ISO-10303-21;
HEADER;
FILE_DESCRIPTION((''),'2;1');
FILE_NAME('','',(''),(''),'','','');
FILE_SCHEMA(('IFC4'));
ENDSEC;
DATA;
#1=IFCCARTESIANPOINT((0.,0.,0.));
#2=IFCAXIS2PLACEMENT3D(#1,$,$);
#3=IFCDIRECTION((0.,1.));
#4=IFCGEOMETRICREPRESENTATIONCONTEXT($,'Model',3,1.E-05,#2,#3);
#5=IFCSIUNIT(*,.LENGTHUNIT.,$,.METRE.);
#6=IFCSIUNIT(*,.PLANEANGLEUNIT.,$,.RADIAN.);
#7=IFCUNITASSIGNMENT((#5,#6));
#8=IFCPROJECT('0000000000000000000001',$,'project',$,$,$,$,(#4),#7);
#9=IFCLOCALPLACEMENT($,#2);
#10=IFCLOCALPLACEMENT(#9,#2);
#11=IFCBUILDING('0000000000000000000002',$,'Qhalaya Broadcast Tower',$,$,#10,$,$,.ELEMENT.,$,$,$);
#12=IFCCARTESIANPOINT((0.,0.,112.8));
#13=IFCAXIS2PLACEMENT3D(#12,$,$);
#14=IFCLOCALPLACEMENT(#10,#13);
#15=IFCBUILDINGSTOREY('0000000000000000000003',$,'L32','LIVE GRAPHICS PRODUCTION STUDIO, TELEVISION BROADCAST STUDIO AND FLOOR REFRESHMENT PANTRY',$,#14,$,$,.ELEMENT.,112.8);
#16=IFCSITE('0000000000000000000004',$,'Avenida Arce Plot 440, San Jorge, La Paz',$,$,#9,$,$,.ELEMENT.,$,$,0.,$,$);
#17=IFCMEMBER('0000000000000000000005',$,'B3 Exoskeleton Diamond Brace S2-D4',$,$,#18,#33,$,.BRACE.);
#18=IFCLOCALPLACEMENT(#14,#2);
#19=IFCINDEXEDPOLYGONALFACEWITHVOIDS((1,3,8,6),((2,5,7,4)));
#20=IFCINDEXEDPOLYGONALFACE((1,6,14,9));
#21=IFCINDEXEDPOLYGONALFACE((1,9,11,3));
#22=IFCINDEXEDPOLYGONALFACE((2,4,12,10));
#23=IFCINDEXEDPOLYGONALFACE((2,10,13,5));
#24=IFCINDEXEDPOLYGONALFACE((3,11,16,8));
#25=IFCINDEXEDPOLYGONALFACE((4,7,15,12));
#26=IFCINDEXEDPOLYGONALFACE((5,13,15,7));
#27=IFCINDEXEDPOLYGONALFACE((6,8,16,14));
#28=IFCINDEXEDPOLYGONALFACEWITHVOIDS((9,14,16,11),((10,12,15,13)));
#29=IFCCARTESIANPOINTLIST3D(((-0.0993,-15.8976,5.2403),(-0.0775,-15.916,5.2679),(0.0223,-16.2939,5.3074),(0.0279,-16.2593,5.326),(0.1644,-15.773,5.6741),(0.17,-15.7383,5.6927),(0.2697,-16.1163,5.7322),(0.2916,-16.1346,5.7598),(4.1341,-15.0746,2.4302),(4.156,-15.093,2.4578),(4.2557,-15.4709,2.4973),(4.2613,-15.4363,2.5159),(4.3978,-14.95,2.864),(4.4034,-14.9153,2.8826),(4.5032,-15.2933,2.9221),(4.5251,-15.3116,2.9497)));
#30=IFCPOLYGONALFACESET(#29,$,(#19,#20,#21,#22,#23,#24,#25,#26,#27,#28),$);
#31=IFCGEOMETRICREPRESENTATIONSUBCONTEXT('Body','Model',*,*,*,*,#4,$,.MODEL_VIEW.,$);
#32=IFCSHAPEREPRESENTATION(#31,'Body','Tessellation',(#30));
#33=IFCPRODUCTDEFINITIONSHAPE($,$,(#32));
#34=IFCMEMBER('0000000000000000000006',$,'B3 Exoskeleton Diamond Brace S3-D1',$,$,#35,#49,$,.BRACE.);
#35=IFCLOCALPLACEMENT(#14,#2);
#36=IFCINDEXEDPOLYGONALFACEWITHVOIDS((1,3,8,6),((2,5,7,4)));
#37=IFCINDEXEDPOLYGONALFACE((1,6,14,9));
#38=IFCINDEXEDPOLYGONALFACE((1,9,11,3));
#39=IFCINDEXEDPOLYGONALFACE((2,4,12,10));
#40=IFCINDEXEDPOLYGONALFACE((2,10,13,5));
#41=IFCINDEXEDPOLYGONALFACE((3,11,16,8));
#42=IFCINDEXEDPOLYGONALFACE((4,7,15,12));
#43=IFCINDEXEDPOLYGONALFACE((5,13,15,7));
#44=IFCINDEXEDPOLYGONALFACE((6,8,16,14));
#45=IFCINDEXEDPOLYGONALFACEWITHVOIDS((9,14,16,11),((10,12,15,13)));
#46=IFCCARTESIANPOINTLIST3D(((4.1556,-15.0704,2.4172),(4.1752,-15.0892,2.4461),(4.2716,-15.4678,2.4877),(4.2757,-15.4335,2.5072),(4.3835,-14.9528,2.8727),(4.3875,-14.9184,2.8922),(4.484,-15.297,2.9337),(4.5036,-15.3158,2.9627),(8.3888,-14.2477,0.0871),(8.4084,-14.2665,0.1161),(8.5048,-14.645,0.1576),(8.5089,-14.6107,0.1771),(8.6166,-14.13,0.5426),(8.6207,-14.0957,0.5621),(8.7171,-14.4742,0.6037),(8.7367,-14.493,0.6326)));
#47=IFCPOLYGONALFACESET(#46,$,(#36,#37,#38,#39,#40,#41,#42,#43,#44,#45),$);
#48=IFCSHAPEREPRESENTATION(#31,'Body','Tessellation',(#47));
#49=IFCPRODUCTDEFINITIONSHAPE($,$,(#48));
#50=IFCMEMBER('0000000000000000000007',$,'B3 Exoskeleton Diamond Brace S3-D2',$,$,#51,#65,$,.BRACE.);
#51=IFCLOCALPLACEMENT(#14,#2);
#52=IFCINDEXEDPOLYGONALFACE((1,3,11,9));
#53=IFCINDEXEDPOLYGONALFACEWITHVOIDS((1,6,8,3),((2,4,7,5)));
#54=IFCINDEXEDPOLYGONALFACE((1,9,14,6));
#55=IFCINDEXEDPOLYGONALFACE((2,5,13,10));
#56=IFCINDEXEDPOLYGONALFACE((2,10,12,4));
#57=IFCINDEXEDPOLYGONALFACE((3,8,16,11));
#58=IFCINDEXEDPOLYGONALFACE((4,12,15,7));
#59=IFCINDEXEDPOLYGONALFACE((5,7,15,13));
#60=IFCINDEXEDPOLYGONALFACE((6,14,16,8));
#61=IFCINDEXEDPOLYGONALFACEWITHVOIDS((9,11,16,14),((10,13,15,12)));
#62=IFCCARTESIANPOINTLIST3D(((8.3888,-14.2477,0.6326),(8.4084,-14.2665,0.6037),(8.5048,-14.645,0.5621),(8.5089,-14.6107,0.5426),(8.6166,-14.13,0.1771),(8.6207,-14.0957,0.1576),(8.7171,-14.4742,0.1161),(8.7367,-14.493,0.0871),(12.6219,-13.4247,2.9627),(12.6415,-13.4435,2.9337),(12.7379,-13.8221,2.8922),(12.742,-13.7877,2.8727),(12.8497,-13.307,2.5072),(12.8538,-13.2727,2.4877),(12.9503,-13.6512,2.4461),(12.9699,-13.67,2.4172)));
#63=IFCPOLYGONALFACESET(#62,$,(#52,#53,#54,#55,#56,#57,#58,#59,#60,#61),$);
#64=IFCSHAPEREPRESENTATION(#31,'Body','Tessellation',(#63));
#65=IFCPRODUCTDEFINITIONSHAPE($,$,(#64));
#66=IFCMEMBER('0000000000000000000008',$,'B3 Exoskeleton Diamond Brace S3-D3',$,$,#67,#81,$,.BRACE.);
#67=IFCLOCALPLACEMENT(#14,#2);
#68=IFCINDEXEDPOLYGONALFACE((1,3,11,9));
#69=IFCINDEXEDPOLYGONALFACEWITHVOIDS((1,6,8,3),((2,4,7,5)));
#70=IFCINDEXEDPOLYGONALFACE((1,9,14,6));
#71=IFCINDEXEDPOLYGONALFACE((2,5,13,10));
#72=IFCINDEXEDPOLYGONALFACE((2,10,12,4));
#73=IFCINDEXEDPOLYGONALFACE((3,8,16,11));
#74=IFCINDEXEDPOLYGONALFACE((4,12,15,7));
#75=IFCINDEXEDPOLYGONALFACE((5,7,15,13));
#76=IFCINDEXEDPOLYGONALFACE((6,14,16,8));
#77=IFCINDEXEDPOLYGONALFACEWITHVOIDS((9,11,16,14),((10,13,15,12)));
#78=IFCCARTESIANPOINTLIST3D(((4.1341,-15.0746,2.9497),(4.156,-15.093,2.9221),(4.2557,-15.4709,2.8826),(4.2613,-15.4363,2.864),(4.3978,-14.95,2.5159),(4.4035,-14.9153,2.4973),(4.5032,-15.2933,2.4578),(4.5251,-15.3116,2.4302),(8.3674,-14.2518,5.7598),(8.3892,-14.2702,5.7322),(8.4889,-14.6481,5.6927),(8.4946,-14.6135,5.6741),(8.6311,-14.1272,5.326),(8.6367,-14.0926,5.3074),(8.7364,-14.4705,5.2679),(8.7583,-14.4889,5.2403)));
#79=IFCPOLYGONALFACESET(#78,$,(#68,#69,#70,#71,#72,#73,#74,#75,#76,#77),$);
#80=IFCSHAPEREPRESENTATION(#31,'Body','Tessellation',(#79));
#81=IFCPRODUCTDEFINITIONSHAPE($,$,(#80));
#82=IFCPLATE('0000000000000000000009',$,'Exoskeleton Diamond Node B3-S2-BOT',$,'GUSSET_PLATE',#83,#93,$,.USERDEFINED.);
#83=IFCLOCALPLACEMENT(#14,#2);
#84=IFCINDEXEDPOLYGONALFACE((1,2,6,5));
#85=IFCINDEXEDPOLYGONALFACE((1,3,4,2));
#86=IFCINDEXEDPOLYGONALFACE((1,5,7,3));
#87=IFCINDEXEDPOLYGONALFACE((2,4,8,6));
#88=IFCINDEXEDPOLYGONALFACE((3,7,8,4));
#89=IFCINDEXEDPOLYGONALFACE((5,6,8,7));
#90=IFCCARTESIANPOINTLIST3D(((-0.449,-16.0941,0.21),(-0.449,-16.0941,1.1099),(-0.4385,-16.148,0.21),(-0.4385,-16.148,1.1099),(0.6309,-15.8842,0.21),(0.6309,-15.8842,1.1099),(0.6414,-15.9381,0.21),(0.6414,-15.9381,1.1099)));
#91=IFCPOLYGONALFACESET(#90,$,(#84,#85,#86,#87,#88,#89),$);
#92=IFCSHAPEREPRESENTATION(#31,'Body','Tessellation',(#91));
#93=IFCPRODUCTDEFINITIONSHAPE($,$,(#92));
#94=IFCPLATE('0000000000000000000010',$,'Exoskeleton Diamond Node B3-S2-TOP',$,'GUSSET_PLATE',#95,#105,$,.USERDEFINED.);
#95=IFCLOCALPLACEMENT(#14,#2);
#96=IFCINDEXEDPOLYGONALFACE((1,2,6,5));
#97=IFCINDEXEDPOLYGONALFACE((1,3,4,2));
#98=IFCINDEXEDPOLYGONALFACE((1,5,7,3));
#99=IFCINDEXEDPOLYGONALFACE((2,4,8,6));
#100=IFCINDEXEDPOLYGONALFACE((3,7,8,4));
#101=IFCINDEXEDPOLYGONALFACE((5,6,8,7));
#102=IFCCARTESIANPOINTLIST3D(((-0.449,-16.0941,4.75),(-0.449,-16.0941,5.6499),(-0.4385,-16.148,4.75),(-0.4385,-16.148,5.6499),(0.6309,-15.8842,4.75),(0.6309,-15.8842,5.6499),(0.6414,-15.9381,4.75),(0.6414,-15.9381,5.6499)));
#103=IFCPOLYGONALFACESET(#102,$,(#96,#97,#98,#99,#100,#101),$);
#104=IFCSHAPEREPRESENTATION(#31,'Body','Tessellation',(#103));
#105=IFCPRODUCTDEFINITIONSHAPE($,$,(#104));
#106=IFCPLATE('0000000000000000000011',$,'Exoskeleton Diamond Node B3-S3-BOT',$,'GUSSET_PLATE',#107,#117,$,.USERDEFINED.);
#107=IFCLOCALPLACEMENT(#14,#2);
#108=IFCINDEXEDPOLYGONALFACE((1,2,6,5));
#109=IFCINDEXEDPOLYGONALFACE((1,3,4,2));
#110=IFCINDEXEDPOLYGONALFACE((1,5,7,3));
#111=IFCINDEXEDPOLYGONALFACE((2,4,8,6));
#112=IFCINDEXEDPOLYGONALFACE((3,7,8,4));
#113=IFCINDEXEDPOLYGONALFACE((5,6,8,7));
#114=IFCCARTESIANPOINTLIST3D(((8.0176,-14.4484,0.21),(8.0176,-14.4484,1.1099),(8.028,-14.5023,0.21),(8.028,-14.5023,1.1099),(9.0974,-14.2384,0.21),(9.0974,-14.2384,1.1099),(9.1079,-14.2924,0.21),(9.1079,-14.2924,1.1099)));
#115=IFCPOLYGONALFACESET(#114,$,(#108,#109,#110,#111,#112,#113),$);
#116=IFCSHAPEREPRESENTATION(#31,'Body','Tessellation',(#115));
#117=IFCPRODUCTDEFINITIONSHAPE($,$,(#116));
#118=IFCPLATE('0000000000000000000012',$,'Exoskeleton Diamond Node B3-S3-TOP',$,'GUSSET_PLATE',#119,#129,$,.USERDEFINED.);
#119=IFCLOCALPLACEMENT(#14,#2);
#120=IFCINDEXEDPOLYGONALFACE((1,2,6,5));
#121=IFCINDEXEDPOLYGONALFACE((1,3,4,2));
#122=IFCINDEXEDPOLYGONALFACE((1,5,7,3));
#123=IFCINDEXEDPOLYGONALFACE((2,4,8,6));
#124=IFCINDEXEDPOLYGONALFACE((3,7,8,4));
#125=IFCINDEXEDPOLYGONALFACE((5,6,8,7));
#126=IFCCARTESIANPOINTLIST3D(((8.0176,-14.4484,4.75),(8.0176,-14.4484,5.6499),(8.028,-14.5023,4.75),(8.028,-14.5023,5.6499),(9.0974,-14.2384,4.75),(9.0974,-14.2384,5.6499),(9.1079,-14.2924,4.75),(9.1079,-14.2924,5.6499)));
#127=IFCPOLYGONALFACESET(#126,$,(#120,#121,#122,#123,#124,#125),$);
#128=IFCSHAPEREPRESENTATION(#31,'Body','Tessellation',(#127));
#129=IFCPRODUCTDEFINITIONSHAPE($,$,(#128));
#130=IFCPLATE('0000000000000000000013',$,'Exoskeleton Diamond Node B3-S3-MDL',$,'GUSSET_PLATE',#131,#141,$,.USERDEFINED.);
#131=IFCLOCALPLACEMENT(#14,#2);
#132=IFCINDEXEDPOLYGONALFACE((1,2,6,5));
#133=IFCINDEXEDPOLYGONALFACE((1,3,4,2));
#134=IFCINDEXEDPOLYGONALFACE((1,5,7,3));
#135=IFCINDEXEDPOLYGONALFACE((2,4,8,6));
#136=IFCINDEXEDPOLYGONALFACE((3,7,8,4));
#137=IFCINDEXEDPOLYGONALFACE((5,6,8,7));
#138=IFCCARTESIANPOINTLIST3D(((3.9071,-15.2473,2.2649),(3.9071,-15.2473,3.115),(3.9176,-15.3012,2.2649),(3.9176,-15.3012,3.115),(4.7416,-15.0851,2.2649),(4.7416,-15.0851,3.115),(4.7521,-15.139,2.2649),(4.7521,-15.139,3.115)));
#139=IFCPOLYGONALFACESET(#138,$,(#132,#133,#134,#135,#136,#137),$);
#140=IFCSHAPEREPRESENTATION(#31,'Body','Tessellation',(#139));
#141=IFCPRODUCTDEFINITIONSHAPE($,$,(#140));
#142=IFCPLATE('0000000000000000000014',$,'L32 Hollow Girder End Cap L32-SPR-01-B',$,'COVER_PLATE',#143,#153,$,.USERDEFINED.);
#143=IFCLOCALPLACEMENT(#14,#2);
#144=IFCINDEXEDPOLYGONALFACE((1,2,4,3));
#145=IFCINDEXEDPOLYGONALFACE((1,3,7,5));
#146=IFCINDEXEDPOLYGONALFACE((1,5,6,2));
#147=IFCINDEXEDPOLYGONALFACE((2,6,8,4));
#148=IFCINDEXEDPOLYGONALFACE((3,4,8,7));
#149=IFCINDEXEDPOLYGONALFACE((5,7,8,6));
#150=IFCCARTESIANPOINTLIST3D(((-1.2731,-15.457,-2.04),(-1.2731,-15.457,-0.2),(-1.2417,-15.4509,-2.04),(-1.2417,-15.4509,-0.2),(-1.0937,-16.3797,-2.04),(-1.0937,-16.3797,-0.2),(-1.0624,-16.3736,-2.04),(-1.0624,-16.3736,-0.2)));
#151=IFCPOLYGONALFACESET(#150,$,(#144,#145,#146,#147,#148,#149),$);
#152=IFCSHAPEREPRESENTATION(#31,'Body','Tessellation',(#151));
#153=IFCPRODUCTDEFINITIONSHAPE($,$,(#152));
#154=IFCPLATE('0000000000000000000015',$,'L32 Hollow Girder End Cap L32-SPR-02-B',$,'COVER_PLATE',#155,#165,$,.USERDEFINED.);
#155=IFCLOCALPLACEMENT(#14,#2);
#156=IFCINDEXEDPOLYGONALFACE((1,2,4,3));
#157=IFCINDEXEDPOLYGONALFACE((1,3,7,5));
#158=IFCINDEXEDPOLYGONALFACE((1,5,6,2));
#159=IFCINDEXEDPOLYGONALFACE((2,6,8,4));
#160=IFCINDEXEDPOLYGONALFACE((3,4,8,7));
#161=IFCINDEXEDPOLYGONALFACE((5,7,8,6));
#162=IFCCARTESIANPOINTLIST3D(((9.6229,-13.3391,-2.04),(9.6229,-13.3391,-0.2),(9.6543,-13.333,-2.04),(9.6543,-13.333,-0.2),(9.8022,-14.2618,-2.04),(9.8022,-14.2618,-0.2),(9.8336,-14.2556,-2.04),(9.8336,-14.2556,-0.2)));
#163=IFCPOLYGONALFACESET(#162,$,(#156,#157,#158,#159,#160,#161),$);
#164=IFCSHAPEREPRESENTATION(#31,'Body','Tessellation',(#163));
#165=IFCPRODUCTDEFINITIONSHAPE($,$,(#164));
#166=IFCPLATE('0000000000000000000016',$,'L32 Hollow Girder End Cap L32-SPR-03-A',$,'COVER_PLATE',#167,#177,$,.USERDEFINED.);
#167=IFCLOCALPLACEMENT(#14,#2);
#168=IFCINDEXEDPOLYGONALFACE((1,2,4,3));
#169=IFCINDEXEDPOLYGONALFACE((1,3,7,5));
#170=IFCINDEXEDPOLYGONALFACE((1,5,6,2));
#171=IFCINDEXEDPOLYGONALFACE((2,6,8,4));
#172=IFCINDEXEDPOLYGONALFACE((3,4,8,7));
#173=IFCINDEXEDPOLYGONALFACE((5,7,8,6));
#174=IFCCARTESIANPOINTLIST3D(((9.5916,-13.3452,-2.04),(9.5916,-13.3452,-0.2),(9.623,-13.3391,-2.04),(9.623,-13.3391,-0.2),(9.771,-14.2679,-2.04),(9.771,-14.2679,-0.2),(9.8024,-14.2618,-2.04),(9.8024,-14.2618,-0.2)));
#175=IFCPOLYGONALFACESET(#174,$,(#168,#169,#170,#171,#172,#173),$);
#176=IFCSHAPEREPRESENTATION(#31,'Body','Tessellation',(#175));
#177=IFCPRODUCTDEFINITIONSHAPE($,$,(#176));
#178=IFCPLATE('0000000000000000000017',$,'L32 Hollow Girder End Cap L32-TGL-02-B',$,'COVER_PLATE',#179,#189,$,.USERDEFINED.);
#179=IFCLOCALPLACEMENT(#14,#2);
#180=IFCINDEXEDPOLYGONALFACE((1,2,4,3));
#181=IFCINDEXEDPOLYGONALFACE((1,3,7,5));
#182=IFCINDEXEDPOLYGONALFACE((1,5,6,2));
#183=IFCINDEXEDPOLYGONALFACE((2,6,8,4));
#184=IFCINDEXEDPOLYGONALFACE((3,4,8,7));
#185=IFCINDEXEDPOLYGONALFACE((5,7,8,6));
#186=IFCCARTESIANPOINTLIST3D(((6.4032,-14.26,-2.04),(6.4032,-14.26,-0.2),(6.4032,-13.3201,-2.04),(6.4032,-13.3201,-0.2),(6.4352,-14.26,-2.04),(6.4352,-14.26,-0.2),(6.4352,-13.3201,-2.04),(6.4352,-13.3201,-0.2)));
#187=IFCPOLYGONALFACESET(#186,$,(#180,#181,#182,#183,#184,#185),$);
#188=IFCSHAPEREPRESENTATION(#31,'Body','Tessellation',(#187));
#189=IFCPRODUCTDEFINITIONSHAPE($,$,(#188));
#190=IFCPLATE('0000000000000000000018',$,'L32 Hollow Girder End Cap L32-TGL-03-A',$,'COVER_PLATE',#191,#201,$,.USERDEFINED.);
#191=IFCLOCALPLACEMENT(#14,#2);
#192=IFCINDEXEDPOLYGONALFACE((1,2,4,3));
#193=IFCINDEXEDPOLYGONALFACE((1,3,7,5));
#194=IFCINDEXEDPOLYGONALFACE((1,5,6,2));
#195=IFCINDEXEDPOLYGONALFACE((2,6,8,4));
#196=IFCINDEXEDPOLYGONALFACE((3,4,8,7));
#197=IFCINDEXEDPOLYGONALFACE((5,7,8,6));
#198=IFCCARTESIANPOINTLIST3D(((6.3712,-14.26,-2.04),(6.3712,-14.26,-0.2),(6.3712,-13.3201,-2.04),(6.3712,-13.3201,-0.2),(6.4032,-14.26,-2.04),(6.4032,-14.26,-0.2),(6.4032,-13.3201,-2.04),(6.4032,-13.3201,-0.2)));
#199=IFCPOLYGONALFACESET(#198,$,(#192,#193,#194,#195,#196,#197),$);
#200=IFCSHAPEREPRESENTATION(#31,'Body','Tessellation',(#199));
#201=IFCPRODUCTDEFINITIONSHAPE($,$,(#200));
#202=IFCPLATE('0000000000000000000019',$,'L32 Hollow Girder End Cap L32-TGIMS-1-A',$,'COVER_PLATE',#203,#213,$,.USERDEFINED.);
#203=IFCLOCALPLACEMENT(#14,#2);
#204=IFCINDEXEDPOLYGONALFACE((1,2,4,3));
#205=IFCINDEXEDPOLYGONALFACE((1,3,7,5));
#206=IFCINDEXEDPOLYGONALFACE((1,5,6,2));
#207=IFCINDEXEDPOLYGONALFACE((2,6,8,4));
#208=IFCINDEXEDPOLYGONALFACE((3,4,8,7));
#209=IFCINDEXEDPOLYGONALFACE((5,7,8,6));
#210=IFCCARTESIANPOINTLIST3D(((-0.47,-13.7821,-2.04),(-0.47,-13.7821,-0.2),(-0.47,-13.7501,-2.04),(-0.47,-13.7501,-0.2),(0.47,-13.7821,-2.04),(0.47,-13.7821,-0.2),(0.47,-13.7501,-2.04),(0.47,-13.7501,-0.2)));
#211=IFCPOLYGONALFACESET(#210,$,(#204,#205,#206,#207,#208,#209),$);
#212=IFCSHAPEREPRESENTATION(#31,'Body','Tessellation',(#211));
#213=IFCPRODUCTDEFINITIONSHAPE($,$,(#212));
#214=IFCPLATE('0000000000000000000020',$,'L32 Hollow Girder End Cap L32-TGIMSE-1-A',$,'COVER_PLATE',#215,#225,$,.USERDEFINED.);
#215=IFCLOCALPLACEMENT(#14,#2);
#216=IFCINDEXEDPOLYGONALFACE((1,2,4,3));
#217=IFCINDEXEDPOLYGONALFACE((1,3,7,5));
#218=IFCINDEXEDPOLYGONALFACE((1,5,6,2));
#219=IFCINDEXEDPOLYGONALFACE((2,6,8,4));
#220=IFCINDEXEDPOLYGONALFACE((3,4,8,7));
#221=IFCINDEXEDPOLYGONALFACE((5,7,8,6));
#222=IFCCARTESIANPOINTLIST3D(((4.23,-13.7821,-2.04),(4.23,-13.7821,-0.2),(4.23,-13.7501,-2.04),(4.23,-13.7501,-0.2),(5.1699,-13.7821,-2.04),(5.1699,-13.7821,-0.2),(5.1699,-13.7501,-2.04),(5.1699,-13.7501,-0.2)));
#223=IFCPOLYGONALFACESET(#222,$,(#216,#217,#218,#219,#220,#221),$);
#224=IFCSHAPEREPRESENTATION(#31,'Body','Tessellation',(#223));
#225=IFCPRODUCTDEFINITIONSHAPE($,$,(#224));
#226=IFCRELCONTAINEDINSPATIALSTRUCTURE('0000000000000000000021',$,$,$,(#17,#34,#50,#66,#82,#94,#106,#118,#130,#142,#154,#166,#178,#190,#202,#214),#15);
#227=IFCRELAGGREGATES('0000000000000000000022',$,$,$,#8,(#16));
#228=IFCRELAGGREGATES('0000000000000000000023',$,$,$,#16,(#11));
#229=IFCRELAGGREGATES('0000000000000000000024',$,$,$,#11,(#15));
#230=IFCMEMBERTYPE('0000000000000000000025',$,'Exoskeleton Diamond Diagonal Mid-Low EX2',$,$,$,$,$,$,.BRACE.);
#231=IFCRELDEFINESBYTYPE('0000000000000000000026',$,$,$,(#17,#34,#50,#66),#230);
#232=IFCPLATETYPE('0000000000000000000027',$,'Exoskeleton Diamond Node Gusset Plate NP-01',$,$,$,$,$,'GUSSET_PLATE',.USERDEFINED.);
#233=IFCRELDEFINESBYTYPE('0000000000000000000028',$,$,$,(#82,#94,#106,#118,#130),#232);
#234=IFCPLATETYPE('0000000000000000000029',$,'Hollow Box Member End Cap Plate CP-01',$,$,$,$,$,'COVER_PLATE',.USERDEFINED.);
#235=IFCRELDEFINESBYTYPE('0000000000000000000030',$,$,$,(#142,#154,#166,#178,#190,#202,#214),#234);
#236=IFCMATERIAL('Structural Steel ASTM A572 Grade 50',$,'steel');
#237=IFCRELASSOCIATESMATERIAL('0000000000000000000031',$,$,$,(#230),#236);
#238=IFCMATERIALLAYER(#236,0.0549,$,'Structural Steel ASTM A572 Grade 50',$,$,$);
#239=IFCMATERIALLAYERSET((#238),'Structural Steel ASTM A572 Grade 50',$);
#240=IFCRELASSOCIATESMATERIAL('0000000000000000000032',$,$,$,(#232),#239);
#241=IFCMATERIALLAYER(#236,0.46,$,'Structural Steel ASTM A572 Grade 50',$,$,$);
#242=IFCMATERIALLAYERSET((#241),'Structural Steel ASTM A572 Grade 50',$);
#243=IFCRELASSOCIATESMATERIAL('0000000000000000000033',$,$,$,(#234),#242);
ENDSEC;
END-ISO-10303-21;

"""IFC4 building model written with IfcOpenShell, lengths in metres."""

from ifc_helpers import new_model, si_unit, direction, frame, origin, origin_2d, place, context, subcontext, project, spatial, rectangle, hollow_rectangle, extrude, material, layer, layer_set, material_profile, profile_set, type_object, element, save


model = new_model("IFC4")

# Units and contexts
model_context = context("Model", 3, precision=1e-05, world=origin(), true_north=direction((0.0, 1.0)))
body_context = subcontext(model_context, "Body", "Model", "MODEL_VIEW")
ifc_project = project(units=[si_unit("LENGTHUNIT", "METRE"), si_unit("PLANEANGLEUNIT", "RADIAN")], contexts=[model_context])

# Site, building, storey
site_placement = place(None, origin())
site = spatial("IfcSite", under=ifc_project, at=site_placement, Name="Avenida Arce Plot 440, San Jorge, La Paz", CompositionType="ELEMENT", RefElevation=0.0)
building_placement = place(site_placement, origin())
building = spatial("IfcBuilding", under=site, at=building_placement, Name="Qhalaya Broadcast Tower", CompositionType="ELEMENT")
storey_placement = place(building_placement, frame((0.0, 0.0, 112.8)))
storey = spatial("IfcBuildingStorey", under=building, at=storey_placement, Name="L32", Description="LIVE GRAPHICS PRODUCTION STUDIO, TELEVISION BROADCAST STUDIO AND FLOOR REFRESHMENT PANTRY", CompositionType="ELEMENT", Elevation=112.8)

# Shared definitions
ifc_material_1 = material(Name="Structural Steel ASTM A572 Grade 50", Category="steel")

# Members
ifc_material_profile_1 = material_profile(ifc_material_1, hollow_rectangle(XDim=0.4199, YDim=0.55, WallThickness=0.0281, at=origin_2d()), Name="BOX 420x550x28")
ifc_profile_set_1 = profile_set([ifc_material_profile_1], Name="Structural Steel ASTM A572 Grade 50")
member_type = type_object("IfcMemberType", Name="Exoskeleton Diamond Diagonal Mid-Low EX2", PredefinedType="BRACE", material=ifc_profile_set_1)
member_1_placement = place(storey_placement, frame((4.3296, -15.1931, 2.6899), z_axis=(-0.822439, -0.159887, 0.545921), x_axis=(0.28958, -0.943709, 0.159867)))
element("IfcMember", 1, at=member_1_placement, inside=storey, type_object=member_type, Name="B3 Exoskeleton Diamond Brace S2-D4", PredefinedType="BRACE", context=body_context, shape_type="SweptSolid", body=[
    extrude(hollow_rectangle(XDim=0.4199, YDim=0.55, WallThickness=0.0281, at=origin_2d()), origin(), (0.0, 0.0, 1.0), 5.1475),
])
for number, where, z_axis, x_axis, name in (
    (2, (8.5627, -14.3704, 0.3599), (-0.863625, -0.167854, 0.47537), (0.276323, -0.94629, 0.167871), "B3 Exoskeleton Diamond Brace S3-D1"),
    (3, (8.5627, -14.3704, 0.3599), (0.863618, 0.167902, 0.475366), (-0.276375, 0.946275, 0.167871), "B3 Exoskeleton Diamond Brace S3-D2"),
):
    element("IfcMember", number, at=place(storey_placement, frame(where, z_axis=z_axis, x_axis=x_axis)), inside=storey, type_object=member_type, Name=name, PredefinedType="BRACE", context=body_context, shape_type="SweptSolid", body=[
        extrude(hollow_rectangle(XDim=0.4199, YDim=0.55, WallThickness=0.0281, at=origin_2d()), origin(), (0.0, 0.0, 1.0), 4.9016),
    ])
member_2_placement = place(storey_placement, frame((4.3296, -15.1931, 2.6899), z_axis=(0.82243, 0.159847, 0.545947), x_axis=(-0.289542, 0.943721, 0.159864)))
element("IfcMember", 4, at=member_2_placement, inside=storey, type_object=member_type, Name="B3 Exoskeleton Diamond Brace S3-D3", PredefinedType="BRACE", context=body_context, shape_type="SweptSolid", body=[
    extrude(hollow_rectangle(XDim=0.4199, YDim=0.55, WallThickness=0.0281, at=origin_2d()), origin(), (0.0, 0.0, 1.0), 5.1472),
])

# Plates
ifc_layer_1 = layer(ifc_material_1, 0.0549, Name="Structural Steel ASTM A572 Grade 50")
ifc_layer_set_1 = layer_set([ifc_layer_1], Name="Structural Steel ASTM A572 Grade 50")
plate_type_1 = type_object("IfcPlateType", Name="Exoskeleton Diamond Node Gusset Plate NP-01", ElementType="GUSSET_PLATE", PredefinedType="USERDEFINED", material=ifc_layer_set_1)
for number, where, z_axis, x_axis, name in (
    (5, (0.0962, -16.0161, 0.21), (0.0, 0.0, 1.0), (0.981627, 0.190809, 0.0), "Exoskeleton Diamond Node B3-S2-BOT"),
    (6, (0.0962, -16.0161, 4.75), (0.0, 0.0, 1.0), (0.981627, 0.190809, 0.0), "Exoskeleton Diamond Node B3-S2-TOP"),
    (7, (8.5627, -14.3704, 0.21), (0.0, 0.0, 1.0), (0.981627, 0.190809, 0.0), "Exoskeleton Diamond Node B3-S3-BOT"),
    (8, (8.5627, -14.3704, 4.75), (0.0, 0.0, 1.0), (0.981627, 0.190809, 0.0), "Exoskeleton Diamond Node B3-S3-TOP"),
):
    element("IfcPlate", number, at=place(storey_placement, frame(where, z_axis=z_axis, x_axis=x_axis)), inside=storey, type_object=plate_type_1, Name=name, ObjectType="GUSSET_PLATE", PredefinedType="USERDEFINED", context=body_context, shape_type="SweptSolid", body=[
        extrude(rectangle(XDim=1.1001, YDim=0.0549, at=origin_2d()), origin(), (0.0, 0.0, 1.0), 0.8999),
    ])
plate_1_placement = place(storey_placement, frame((4.3296, -15.1931, 2.2649), z_axis=(0.0, 0.0, 1.0), x_axis=(0.981627, 0.190809, 0.0)))
element("IfcPlate", 9, at=plate_1_placement, inside=storey, type_object=plate_type_1, Name="Exoskeleton Diamond Node B3-S3-MDL", ObjectType="GUSSET_PLATE", PredefinedType="USERDEFINED", context=body_context, shape_type="SweptSolid", body=[
    extrude(rectangle(XDim=0.8501, YDim=0.0549, at=origin_2d()), origin(), (0.0, 0.0, 1.0), 0.8501),
])
ifc_layer_2 = layer(ifc_material_1, 0.46, Name="Structural Steel ASTM A572 Grade 50")
ifc_layer_set_2 = layer_set([ifc_layer_2], Name="Structural Steel ASTM A572 Grade 50")
plate_type_2 = type_object("IfcPlateType", Name="Hollow Box Member End Cap Plate CP-01", ElementType="COVER_PLATE", PredefinedType="USERDEFINED", material=ifc_layer_set_2)
for number, where, z_axis, x_axis, name in (
    (10, (-1.1677, -15.9153, -2.04), (0.0, 0.0, 1.0), (-0.190809, 0.981627, 0.0), "L32 Hollow Girder End Cap L32-SPR-01-B"),
    (11, (9.7283, -13.7974, -2.04), (0.0, 0.0, 1.0), (-0.190809, 0.981627, 0.0), "L32 Hollow Girder End Cap L32-SPR-02-B"),
    (12, (9.697, -13.8035, -2.04), (0.0, 0.0, 1.0), (-0.190809, 0.981627, 0.0), "L32 Hollow Girder End Cap L32-SPR-03-A"),
    (13, (6.4192, -13.79, -2.04), (0.0, 0.0, 1.0), (0.0, 1.0, 0.0), "L32 Hollow Girder End Cap L32-TGL-02-B"),
    (14, (6.3872, -13.79, -2.04), (0.0, 0.0, 1.0), (0.0, 1.0, 0.0), "L32 Hollow Girder End Cap L32-TGL-03-A"),
    (15, (0.0, -13.7661, -2.04), (0.0, 0.0, 1.0), (-1.0, 0.0, 0.0), "L32 Hollow Girder End Cap L32-TGIMS-1-A"),
    (16, (4.7, -13.7661, -2.04), (0.0, 0.0, 1.0), (-1.0, 0.0, 0.0), "L32 Hollow Girder End Cap L32-TGIMSE-1-A"),
):
    element("IfcPlate", number, at=place(storey_placement, frame(where, z_axis=z_axis, x_axis=x_axis)), inside=storey, type_object=plate_type_2, Name=name, ObjectType="COVER_PLATE", PredefinedType="USERDEFINED", context=body_context, shape_type="SweptSolid", body=[
        extrude(rectangle(XDim=0.9399, YDim=0.032, at=origin_2d()), origin(), (0.0, 0.0, 1.0), 1.8401),
    ])

save(model, "model.ifc")
